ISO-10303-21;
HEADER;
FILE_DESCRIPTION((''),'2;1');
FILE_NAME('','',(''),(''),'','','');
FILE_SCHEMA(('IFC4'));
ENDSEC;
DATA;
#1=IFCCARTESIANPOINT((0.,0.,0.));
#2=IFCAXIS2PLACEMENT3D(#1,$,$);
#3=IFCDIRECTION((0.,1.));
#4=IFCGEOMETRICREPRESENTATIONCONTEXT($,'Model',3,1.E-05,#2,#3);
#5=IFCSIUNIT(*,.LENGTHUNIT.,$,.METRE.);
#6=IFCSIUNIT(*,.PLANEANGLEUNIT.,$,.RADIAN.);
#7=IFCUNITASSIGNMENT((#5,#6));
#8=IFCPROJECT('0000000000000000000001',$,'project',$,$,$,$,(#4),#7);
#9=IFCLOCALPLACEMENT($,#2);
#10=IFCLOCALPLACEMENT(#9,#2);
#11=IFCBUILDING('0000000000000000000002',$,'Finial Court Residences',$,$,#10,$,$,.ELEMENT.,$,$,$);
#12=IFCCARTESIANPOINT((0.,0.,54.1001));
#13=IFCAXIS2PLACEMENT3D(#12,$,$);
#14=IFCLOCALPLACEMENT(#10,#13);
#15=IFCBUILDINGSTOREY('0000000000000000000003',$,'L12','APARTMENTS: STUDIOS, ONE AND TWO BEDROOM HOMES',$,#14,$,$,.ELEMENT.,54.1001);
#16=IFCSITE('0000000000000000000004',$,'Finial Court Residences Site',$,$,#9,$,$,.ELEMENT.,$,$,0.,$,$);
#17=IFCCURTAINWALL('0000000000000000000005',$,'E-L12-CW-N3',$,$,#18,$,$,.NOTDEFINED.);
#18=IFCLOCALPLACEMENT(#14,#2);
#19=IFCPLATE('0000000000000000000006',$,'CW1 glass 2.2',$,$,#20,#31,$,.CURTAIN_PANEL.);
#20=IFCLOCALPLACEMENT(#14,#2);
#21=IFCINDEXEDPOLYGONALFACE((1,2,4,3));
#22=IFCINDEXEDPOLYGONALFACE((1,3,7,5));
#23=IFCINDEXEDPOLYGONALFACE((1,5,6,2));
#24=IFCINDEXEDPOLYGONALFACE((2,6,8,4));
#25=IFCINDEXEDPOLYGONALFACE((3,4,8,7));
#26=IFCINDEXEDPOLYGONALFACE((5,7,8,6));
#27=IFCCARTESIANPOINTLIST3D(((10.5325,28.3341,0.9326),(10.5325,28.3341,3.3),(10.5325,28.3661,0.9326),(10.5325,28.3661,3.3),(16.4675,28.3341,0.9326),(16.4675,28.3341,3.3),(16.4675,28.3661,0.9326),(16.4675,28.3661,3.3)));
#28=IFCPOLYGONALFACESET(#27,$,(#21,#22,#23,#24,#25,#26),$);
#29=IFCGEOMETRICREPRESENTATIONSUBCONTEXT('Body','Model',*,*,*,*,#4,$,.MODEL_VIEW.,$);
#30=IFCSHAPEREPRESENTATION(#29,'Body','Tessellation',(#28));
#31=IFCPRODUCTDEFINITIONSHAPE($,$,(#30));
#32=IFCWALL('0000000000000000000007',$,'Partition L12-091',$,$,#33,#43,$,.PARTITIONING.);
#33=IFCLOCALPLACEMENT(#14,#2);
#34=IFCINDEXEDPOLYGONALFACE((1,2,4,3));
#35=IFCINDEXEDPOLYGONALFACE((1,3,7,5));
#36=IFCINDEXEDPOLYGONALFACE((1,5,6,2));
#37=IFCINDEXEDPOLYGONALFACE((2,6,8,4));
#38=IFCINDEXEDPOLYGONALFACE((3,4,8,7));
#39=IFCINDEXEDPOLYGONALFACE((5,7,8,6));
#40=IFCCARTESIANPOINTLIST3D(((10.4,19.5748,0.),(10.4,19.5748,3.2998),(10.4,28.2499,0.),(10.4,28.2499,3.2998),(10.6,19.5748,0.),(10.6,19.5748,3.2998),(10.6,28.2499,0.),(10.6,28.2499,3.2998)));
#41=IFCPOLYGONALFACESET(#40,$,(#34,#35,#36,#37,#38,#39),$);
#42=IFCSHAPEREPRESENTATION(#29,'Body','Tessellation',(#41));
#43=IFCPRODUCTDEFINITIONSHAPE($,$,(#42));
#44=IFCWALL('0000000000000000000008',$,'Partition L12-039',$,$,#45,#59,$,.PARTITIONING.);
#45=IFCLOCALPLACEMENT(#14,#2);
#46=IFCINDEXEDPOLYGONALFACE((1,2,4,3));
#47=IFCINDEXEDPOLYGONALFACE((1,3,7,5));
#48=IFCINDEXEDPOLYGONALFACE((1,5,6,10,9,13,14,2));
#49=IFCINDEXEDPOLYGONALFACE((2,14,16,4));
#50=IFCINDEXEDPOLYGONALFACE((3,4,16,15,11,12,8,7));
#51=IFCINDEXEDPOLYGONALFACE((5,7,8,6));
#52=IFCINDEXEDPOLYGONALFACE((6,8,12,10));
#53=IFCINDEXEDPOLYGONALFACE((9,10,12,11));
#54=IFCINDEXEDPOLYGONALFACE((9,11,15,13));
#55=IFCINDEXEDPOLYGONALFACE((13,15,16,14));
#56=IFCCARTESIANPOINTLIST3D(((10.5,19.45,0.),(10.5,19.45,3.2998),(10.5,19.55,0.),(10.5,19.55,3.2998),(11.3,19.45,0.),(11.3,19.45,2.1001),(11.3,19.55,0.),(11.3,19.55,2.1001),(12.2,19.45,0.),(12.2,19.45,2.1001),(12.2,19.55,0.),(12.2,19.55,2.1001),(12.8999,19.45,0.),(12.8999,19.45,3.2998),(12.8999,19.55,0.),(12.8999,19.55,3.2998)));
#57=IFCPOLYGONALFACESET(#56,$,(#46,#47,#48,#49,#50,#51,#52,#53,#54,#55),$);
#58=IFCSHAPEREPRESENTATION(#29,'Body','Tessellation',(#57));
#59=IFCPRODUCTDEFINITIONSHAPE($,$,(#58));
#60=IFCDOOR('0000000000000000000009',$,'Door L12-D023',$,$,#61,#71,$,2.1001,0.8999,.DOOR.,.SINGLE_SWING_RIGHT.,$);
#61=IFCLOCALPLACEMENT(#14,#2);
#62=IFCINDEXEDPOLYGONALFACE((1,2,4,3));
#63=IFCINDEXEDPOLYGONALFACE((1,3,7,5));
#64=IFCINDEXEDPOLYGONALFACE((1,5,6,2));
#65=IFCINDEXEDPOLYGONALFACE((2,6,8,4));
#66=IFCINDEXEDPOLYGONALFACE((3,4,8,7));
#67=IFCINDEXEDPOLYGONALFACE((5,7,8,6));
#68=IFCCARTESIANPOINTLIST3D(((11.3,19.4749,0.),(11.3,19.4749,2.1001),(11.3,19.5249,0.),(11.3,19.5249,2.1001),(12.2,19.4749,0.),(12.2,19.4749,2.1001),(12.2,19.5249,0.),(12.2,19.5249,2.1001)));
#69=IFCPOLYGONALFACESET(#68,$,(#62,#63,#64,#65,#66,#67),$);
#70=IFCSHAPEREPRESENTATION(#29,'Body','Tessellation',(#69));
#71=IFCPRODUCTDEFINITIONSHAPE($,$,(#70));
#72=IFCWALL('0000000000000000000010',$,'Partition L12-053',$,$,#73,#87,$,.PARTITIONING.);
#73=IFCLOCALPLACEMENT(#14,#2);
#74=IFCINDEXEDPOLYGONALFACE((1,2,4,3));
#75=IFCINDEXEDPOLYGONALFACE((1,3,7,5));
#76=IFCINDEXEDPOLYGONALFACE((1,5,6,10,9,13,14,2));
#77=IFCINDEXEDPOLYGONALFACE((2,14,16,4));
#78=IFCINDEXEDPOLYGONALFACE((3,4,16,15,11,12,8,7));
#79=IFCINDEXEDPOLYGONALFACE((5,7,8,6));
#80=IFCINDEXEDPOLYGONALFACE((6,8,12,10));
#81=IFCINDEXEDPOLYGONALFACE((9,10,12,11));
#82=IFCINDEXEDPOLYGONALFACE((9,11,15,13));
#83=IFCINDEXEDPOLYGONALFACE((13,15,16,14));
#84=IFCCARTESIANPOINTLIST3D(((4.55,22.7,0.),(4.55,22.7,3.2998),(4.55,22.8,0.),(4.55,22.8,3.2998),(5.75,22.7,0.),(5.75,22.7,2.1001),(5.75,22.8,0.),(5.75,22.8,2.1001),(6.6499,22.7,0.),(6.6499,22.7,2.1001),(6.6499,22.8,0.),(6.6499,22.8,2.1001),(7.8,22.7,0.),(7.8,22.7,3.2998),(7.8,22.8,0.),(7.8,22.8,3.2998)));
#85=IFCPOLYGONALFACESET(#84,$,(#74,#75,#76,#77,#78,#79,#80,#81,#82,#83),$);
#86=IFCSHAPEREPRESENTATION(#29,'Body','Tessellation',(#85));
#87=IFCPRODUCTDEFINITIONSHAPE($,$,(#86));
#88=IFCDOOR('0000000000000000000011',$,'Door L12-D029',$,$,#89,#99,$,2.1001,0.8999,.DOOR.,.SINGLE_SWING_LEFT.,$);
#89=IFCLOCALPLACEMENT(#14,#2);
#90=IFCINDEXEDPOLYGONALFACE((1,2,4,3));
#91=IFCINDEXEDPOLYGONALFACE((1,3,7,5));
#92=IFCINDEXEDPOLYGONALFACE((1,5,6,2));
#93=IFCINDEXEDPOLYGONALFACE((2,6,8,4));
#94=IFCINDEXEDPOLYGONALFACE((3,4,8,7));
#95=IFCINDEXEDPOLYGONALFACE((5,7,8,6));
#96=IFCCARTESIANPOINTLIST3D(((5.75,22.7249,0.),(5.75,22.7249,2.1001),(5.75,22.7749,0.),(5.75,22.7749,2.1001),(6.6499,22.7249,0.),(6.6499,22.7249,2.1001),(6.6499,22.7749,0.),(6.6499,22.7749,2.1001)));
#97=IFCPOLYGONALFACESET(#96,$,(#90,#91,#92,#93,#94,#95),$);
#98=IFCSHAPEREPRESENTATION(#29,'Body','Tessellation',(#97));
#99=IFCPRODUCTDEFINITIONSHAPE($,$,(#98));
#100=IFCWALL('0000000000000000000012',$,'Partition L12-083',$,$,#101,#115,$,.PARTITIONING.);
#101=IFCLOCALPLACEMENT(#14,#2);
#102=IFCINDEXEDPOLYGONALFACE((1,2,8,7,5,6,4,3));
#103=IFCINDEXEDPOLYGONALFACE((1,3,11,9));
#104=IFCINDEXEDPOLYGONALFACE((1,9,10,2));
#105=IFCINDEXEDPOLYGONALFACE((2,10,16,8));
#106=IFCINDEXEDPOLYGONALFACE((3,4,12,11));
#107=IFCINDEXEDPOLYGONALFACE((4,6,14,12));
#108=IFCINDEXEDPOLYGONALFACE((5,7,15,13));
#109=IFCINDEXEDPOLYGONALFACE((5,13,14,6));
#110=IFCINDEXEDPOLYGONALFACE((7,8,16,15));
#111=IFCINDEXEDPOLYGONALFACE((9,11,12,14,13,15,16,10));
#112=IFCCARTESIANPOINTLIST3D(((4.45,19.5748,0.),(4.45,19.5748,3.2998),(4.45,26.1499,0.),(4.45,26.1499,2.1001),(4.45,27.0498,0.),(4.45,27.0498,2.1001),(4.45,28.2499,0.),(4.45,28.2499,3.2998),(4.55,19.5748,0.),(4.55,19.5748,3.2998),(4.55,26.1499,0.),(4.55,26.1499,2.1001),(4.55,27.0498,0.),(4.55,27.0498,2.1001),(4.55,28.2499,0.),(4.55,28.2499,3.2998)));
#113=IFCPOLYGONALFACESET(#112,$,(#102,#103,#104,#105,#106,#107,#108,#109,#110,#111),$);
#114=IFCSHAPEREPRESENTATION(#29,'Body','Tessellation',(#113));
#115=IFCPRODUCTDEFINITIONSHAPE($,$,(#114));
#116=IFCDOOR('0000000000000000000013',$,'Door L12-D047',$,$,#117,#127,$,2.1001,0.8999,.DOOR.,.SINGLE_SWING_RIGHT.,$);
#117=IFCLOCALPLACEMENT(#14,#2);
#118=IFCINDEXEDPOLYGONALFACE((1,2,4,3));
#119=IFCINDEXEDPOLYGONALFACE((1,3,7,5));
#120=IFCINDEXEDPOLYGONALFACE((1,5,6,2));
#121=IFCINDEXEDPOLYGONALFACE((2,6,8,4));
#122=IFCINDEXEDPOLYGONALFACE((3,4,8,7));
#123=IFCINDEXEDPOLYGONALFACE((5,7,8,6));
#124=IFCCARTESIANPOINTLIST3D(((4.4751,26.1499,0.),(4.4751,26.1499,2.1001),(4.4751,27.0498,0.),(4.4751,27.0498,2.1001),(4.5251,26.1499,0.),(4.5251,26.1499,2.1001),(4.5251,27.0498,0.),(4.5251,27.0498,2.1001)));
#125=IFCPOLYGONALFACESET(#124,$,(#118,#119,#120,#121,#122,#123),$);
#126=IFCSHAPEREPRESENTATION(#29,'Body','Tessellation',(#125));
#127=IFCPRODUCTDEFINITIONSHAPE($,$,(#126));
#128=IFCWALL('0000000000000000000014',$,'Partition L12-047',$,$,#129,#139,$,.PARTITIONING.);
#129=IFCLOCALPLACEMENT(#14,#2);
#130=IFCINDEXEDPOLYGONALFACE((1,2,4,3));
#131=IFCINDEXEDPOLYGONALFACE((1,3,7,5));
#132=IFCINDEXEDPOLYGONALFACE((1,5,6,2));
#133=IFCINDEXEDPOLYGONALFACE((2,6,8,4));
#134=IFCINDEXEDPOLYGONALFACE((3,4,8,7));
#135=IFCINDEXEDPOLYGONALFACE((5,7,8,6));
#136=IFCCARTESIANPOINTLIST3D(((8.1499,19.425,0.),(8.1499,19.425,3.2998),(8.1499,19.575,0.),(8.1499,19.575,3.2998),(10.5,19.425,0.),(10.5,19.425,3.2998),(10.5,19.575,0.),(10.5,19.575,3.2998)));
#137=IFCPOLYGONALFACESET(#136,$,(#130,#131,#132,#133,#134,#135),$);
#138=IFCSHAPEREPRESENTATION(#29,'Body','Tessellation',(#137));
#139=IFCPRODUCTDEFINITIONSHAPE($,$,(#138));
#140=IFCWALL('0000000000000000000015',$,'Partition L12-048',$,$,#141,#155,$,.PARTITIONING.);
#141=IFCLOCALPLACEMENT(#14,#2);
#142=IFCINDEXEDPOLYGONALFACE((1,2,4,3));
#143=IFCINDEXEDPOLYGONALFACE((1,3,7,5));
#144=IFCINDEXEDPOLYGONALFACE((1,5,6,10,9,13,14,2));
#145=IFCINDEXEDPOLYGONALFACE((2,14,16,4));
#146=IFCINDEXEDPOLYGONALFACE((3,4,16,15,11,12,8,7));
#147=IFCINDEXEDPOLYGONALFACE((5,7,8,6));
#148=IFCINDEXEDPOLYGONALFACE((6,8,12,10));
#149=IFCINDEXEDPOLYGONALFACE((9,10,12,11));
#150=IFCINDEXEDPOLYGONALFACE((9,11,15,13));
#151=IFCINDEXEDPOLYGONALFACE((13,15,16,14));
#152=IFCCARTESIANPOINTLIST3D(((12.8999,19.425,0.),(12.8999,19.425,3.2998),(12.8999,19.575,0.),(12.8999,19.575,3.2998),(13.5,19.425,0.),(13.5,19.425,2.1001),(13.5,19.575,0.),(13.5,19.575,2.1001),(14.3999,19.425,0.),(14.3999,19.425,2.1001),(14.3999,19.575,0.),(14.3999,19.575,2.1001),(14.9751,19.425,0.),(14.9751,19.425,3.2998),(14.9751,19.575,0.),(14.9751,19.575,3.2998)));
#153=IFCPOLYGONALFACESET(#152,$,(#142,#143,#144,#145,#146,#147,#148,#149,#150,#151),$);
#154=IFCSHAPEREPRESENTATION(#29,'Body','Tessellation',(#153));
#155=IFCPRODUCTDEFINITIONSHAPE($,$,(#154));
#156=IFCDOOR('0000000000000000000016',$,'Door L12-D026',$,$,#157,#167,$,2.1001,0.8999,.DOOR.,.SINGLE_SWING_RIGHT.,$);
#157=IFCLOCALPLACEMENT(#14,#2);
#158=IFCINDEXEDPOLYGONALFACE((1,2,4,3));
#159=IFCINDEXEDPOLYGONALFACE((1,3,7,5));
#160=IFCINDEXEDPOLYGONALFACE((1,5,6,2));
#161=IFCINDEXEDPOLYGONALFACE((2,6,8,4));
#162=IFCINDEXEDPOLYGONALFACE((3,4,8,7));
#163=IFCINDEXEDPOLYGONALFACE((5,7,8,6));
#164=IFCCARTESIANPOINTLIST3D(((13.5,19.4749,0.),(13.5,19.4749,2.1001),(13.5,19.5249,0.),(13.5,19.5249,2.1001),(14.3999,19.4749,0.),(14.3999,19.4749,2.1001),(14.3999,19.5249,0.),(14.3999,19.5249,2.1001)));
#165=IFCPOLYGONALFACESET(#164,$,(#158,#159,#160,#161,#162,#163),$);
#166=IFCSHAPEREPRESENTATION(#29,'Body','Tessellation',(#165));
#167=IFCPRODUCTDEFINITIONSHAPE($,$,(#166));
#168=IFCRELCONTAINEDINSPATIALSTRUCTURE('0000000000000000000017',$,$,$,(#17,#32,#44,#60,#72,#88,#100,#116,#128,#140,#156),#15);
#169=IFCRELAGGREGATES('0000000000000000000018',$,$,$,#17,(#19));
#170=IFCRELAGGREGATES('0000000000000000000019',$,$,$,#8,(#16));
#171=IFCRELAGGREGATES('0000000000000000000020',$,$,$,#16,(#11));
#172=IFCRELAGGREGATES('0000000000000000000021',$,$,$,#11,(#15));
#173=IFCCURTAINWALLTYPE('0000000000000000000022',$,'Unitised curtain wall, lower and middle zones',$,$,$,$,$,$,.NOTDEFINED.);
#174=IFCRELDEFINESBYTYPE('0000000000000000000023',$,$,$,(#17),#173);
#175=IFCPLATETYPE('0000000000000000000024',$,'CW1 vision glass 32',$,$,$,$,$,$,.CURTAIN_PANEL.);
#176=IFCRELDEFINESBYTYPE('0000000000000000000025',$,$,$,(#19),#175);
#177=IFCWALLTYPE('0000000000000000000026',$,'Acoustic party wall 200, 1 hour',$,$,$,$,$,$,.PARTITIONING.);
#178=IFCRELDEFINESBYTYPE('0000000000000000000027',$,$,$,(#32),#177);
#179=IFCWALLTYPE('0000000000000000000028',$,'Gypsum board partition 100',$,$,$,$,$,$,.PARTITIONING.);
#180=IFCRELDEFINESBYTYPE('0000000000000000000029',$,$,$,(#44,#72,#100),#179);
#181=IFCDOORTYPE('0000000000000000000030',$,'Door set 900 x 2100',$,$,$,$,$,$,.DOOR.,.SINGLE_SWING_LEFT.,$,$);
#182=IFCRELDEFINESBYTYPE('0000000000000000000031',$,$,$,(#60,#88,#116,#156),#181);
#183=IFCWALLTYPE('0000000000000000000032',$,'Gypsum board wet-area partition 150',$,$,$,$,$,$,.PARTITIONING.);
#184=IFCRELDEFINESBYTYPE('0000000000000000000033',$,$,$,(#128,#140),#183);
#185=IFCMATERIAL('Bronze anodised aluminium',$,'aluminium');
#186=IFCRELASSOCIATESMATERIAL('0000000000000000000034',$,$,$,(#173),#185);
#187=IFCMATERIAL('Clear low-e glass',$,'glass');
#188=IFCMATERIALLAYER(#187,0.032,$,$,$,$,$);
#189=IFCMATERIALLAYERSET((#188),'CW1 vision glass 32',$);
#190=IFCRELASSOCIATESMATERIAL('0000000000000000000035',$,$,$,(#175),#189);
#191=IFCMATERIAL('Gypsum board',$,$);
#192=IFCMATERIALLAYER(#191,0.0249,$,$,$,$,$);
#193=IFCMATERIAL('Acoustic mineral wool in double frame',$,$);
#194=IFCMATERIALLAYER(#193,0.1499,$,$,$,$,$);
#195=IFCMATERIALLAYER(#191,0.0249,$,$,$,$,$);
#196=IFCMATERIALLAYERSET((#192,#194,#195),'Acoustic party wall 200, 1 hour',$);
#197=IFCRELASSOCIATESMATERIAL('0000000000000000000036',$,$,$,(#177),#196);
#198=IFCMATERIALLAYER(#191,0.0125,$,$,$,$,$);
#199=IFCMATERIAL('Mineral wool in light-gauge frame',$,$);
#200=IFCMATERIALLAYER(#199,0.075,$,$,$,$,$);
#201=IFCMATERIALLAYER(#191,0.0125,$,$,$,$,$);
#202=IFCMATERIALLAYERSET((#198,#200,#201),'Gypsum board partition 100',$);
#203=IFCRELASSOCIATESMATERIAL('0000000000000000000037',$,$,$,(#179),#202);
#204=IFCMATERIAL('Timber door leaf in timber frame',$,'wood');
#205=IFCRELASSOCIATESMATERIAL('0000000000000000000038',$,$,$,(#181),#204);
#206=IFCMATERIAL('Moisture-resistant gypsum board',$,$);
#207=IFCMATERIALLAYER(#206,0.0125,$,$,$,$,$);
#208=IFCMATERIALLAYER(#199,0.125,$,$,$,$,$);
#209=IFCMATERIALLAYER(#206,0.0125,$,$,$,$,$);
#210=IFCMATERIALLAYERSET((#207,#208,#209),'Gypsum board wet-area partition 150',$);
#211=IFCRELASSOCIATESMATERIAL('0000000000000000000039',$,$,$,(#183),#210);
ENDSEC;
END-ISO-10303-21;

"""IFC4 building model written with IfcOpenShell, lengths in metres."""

from ifc_helpers import new_model, si_unit, direction, frame, frame_2d, origin, origin_2d, place, context, subcontext, project, spatial, rectangle, extrude, material, layer, layer_set, type_object, element, fill, aggregate, save


model = new_model("IFC4")

# Units and contexts
model_context = context("Model", 3, precision=1e-05, world=origin(), true_north=direction((0.0, 1.0)))
body_context = subcontext(model_context, "Body", "Model", "MODEL_VIEW")
ifc_project = project(units=[si_unit("LENGTHUNIT", "METRE"), si_unit("PLANEANGLEUNIT", "RADIAN")], contexts=[model_context])

# Site, building, storey
site_placement = place(None, origin())
site = spatial("IfcSite", under=ifc_project, at=site_placement, Name="Finial Court Residences Site", CompositionType="ELEMENT", RefElevation=0.0)
building_placement = place(site_placement, origin())
building = spatial("IfcBuilding", under=site, at=building_placement, Name="Finial Court Residences", CompositionType="ELEMENT")
storey_placement = place(building_placement, frame((0.0, 0.0, 54.1001)))
storey = spatial("IfcBuildingStorey", under=building, at=storey_placement, Name="L12", Description="APARTMENTS: STUDIOS, ONE AND TWO BEDROOM HOMES", CompositionType="ELEMENT", Elevation=54.1001)

# Shared definitions
ifc_material_1 = material(Name="Bronze anodised aluminium", Category="aluminium")
curtain_wall_type = type_object("IfcCurtainWallType", Name="Unitised curtain wall, lower and middle zones", PredefinedType="NOTDEFINED", material=ifc_material_1)

# Curtain wall
curtain_wall_1_placement = place(storey_placement, origin())
curtain_wall_1 = element("IfcCurtainWall", 1, at=curtain_wall_1_placement, inside=storey, type_object=curtain_wall_type, Name="E-L12-CW-N3", PredefinedType="NOTDEFINED")

# Plate
ifc_material_2 = material(Name="Clear low-e glass", Category="glass")
ifc_layer_1 = layer(ifc_material_2, 0.032)
ifc_layer_set_1 = layer_set([ifc_layer_1], Name="CW1 vision glass 32")
plate_type_1 = type_object("IfcPlateType", Name="CW1 vision glass 32", PredefinedType="CURTAIN_PANEL", material=ifc_layer_set_1)
plate_1_placement = place(storey_placement, frame((13.5, 28.3501, 0.9326), z_axis=(0.0, 0.0, 1.0), x_axis=(1.0, 0.0, 0.0)))
plate_1 = element("IfcPlate", 2, at=plate_1_placement, type_object=plate_type_1, Name="CW1 glass 2.2", PredefinedType="CURTAIN_PANEL", context=body_context, shape_type="SweptSolid", body=[
    extrude(rectangle(XDim=5.9351, YDim=0.032, at=origin_2d()), origin(), (0.0, 0.0, 1.0), 2.3674),
])
aggregate(curtain_wall_1, [plate_1])

# Wall
ifc_material_3 = material(Name="Gypsum board")
ifc_layer_2 = layer(ifc_material_3, 0.0249)
ifc_material_4 = material(Name="Acoustic mineral wool in double frame")
ifc_layer_3 = layer(ifc_material_4, 0.1499)
ifc_layer_4 = layer(ifc_material_3, 0.0249)
ifc_layer_set_2 = layer_set([ifc_layer_2, ifc_layer_3, ifc_layer_4], Name="Acoustic party wall 200, 1 hour")
wall_type_1 = type_object("IfcWallType", Name="Acoustic party wall 200, 1 hour", PredefinedType="PARTITIONING", material=ifc_layer_set_2)
wall_1_placement = place(storey_placement, frame((10.5, 19.575, 0.0), z_axis=(0.0, 0.0, 1.0), x_axis=(0.0, 1.0, 0.0)))
element("IfcWall", 3, at=wall_1_placement, inside=storey, type_object=wall_type_1, Name="Partition L12-091", PredefinedType="PARTITIONING", context=body_context, shape_type="SweptSolid", body=[
    extrude(rectangle(XDim=8.675, YDim=0.2, at=frame_2d((4.3374, 0.0))), origin(), (0.0, 0.0, 1.0), 3.2998),
])

# Walls, openings, doors
ifc_layer_5 = layer(ifc_material_3, 0.0125)
ifc_material_5 = material(Name="Mineral wool in light-gauge frame")
ifc_layer_6 = layer(ifc_material_5, 0.075)
ifc_layer_7 = layer(ifc_material_3, 0.0125)
ifc_layer_set_3 = layer_set([ifc_layer_5, ifc_layer_6, ifc_layer_7], Name="Gypsum board partition 100")
wall_type_2 = type_object("IfcWallType", Name="Gypsum board partition 100", PredefinedType="PARTITIONING", material=ifc_layer_set_3)
wall_2_placement = place(storey_placement, frame((10.5, 19.5, 0.0), z_axis=(0.0, 0.0, 1.0), x_axis=(1.0, 0.0, 0.0)))
wall_2 = element("IfcWall", 4, at=wall_2_placement, inside=storey, type_object=wall_type_2, Name="Partition L12-039", PredefinedType="PARTITIONING", context=body_context, shape_type="SweptSolid", body=[
    extrude(rectangle(XDim=2.3999, YDim=0.1001, at=frame_2d((1.2, 0.0))), origin(), (0.0, 0.0, 1.0), 3.2998),
])
opening_1_placement = place(wall_2_placement, frame((0.8, 0.0, 0.0)))
opening_1 = element("IfcOpeningElement", 5, at=opening_1_placement, cuts=wall_2, PredefinedType="OPENING", context=body_context, shape_type="SweptSolid", body=[
    extrude(rectangle(XDim=0.8999, YDim=2.1001, at=frame_2d((0.45, 1.05))), frame((0.0, 0.0601, 0.0), z_axis=(0.0, -1.0, 0.0), x_axis=(1.0, 0.0, 0.0)), (0.0, 0.0, 1.0), 0.1201),
])
ifc_material_6 = material(Name="Timber door leaf in timber frame", Category="wood")
door_type = type_object("IfcDoorType", Name="Door set 900 x 2100", OperationType="SINGLE_SWING_LEFT", PredefinedType="DOOR", material=ifc_material_6)
door_1_placement = place(opening_1_placement, origin())
door_1 = element("IfcDoor", 6, at=door_1_placement, inside=storey, type_object=door_type, Name="Door L12-D023", OperationType="SINGLE_SWING_RIGHT", OverallHeight=2.1001, OverallWidth=0.8999, PredefinedType="DOOR", context=body_context, shape_type="SweptSolid", body=[
    extrude(rectangle(XDim=0.8999, YDim=2.1001, at=frame_2d((0.45, 1.05))), frame((0.0, 0.0249, 0.0), z_axis=(0.0, -1.0, 0.0), x_axis=(1.0, 0.0, 0.0)), (0.0, 0.0, 1.0), 0.05),
])
fill(opening_1, door_1)
wall_3_placement = place(storey_placement, frame((4.55, 22.75, 0.0), z_axis=(0.0, 0.0, 1.0), x_axis=(1.0, 0.0, 0.0)))
wall_3 = element("IfcWall", 7, at=wall_3_placement, inside=storey, type_object=wall_type_2, Name="Partition L12-053", PredefinedType="PARTITIONING", context=body_context, shape_type="SweptSolid", body=[
    extrude(rectangle(XDim=3.25, YDim=0.1001, at=frame_2d((1.625, 0.0))), origin(), (0.0, 0.0, 1.0), 3.2998),
])
opening_2_placement = place(wall_3_placement, frame((1.2, 0.0, 0.0)))
opening_2 = element("IfcOpeningElement", 8, at=opening_2_placement, cuts=wall_3, PredefinedType="OPENING", context=body_context, shape_type="SweptSolid", body=[
    extrude(rectangle(XDim=0.8999, YDim=2.1001, at=frame_2d((0.45, 1.05))), frame((0.0, 0.0601, 0.0), z_axis=(0.0, -1.0, 0.0), x_axis=(1.0, 0.0, 0.0)), (0.0, 0.0, 1.0), 0.1201),
])
door_2_placement = place(opening_2_placement, origin())
door_2 = element("IfcDoor", 9, at=door_2_placement, inside=storey, type_object=door_type, Name="Door L12-D029", OperationType="SINGLE_SWING_LEFT", OverallHeight=2.1001, OverallWidth=0.8999, PredefinedType="DOOR", context=body_context, shape_type="SweptSolid", body=[
    extrude(rectangle(XDim=0.8999, YDim=2.1001, at=frame_2d((0.45, 1.05))), frame((0.0, 0.0249, 0.0), z_axis=(0.0, -1.0, 0.0), x_axis=(1.0, 0.0, 0.0)), (0.0, 0.0, 1.0), 0.05),
])
fill(opening_2, door_2)
wall_4_placement = place(storey_placement, frame((4.5, 19.575, 0.0), z_axis=(0.0, 0.0, 1.0), x_axis=(0.0, 1.0, 0.0)))
wall_4 = element("IfcWall", 10, at=wall_4_placement, inside=storey, type_object=wall_type_2, Name="Partition L12-083", PredefinedType="PARTITIONING", context=body_context, shape_type="SweptSolid", body=[
    extrude(rectangle(XDim=8.675, YDim=0.1001, at=frame_2d((4.3374, 0.0))), origin(), (0.0, 0.0, 1.0), 3.2998),
])
opening_3_placement = place(wall_4_placement, frame((6.575, 0.0, 0.0)))
opening_3 = element("IfcOpeningElement", 11, at=opening_3_placement, cuts=wall_4, PredefinedType="OPENING", context=body_context, shape_type="SweptSolid", body=[
    extrude(rectangle(XDim=0.8999, YDim=2.1001, at=frame_2d((0.45, 1.05))), frame((0.0, 0.0601, 0.0), z_axis=(0.0, -1.0, 0.0), x_axis=(1.0, 0.0, 0.0)), (0.0, 0.0, 1.0), 0.1201),
])
door_3_placement = place(opening_3_placement, origin())
door_3 = element("IfcDoor", 12, at=door_3_placement, inside=storey, type_object=door_type, Name="Door L12-D047", OperationType="SINGLE_SWING_RIGHT", OverallHeight=2.1001, OverallWidth=0.8999, PredefinedType="DOOR", context=body_context, shape_type="SweptSolid", body=[
    extrude(rectangle(XDim=0.8999, YDim=2.1001, at=frame_2d((0.45, 1.05))), frame((0.0, 0.0249, 0.0), z_axis=(0.0, -1.0, 0.0), x_axis=(1.0, 0.0, 0.0)), (0.0, 0.0, 1.0), 0.05),
])
fill(opening_3, door_3)

# Wall
ifc_material_7 = material(Name="Moisture-resistant gypsum board")
ifc_layer_8 = layer(ifc_material_7, 0.0125)
ifc_layer_9 = layer(ifc_material_5, 0.125)
ifc_layer_10 = layer(ifc_material_7, 0.0125)
ifc_layer_set_4 = layer_set([ifc_layer_8, ifc_layer_9, ifc_layer_10], Name="Gypsum board wet-area partition 150")
wall_type_3 = type_object("IfcWallType", Name="Gypsum board wet-area partition 150", PredefinedType="PARTITIONING", material=ifc_layer_set_4)
wall_5_placement = place(storey_placement, frame((8.1499, 19.5, 0.0), z_axis=(0.0, 0.0, 1.0), x_axis=(1.0, 0.0, 0.0)))
element("IfcWall", 13, at=wall_5_placement, inside=storey, type_object=wall_type_3, Name="Partition L12-047", PredefinedType="PARTITIONING", context=body_context, shape_type="SweptSolid", body=[
    extrude(rectangle(XDim=2.3501, YDim=0.1499, at=frame_2d((1.175, 0.0))), origin(), (0.0, 0.0, 1.0), 3.2998),
])

# Wall, opening, door
wall_6_placement = place(storey_placement, frame((12.8999, 19.5, 0.0), z_axis=(0.0, 0.0, 1.0), x_axis=(1.0, 0.0, 0.0)))
wall_6 = element("IfcWall", 14, at=wall_6_placement, inside=storey, type_object=wall_type_3, Name="Partition L12-048", PredefinedType="PARTITIONING", context=body_context, shape_type="SweptSolid", body=[
    extrude(rectangle(XDim=2.0752, YDim=0.1499, at=frame_2d((1.0376, 0.0))), origin(), (0.0, 0.0, 1.0), 3.2998),
])
opening_4_placement = place(wall_6_placement, frame((0.6001, 0.0, 0.0)))
opening_4 = element("IfcOpeningElement", 15, at=opening_4_placement, cuts=wall_6, PredefinedType="OPENING", context=body_context, shape_type="SweptSolid", body=[
    extrude(rectangle(XDim=0.8999, YDim=2.1001, at=frame_2d((0.45, 1.05))), frame((0.0, 0.085, 0.0), z_axis=(0.0, -1.0, 0.0), x_axis=(1.0, 0.0, 0.0)), (0.0, 0.0, 1.0), 0.1699),
])
door_4_placement = place(opening_4_placement, origin())
door_4 = element("IfcDoor", 16, at=door_4_placement, inside=storey, type_object=door_type, Name="Door L12-D026", OperationType="SINGLE_SWING_RIGHT", OverallHeight=2.1001, OverallWidth=0.8999, PredefinedType="DOOR", context=body_context, shape_type="SweptSolid", body=[
    extrude(rectangle(XDim=0.8999, YDim=2.1001, at=frame_2d((0.45, 1.05))), frame((0.0, 0.0249, 0.0), z_axis=(0.0, -1.0, 0.0), x_axis=(1.0, 0.0, 0.0)), (0.0, 0.0, 1.0), 0.05),
])
fill(opening_4, door_4)

save(model, "model.ifc")
